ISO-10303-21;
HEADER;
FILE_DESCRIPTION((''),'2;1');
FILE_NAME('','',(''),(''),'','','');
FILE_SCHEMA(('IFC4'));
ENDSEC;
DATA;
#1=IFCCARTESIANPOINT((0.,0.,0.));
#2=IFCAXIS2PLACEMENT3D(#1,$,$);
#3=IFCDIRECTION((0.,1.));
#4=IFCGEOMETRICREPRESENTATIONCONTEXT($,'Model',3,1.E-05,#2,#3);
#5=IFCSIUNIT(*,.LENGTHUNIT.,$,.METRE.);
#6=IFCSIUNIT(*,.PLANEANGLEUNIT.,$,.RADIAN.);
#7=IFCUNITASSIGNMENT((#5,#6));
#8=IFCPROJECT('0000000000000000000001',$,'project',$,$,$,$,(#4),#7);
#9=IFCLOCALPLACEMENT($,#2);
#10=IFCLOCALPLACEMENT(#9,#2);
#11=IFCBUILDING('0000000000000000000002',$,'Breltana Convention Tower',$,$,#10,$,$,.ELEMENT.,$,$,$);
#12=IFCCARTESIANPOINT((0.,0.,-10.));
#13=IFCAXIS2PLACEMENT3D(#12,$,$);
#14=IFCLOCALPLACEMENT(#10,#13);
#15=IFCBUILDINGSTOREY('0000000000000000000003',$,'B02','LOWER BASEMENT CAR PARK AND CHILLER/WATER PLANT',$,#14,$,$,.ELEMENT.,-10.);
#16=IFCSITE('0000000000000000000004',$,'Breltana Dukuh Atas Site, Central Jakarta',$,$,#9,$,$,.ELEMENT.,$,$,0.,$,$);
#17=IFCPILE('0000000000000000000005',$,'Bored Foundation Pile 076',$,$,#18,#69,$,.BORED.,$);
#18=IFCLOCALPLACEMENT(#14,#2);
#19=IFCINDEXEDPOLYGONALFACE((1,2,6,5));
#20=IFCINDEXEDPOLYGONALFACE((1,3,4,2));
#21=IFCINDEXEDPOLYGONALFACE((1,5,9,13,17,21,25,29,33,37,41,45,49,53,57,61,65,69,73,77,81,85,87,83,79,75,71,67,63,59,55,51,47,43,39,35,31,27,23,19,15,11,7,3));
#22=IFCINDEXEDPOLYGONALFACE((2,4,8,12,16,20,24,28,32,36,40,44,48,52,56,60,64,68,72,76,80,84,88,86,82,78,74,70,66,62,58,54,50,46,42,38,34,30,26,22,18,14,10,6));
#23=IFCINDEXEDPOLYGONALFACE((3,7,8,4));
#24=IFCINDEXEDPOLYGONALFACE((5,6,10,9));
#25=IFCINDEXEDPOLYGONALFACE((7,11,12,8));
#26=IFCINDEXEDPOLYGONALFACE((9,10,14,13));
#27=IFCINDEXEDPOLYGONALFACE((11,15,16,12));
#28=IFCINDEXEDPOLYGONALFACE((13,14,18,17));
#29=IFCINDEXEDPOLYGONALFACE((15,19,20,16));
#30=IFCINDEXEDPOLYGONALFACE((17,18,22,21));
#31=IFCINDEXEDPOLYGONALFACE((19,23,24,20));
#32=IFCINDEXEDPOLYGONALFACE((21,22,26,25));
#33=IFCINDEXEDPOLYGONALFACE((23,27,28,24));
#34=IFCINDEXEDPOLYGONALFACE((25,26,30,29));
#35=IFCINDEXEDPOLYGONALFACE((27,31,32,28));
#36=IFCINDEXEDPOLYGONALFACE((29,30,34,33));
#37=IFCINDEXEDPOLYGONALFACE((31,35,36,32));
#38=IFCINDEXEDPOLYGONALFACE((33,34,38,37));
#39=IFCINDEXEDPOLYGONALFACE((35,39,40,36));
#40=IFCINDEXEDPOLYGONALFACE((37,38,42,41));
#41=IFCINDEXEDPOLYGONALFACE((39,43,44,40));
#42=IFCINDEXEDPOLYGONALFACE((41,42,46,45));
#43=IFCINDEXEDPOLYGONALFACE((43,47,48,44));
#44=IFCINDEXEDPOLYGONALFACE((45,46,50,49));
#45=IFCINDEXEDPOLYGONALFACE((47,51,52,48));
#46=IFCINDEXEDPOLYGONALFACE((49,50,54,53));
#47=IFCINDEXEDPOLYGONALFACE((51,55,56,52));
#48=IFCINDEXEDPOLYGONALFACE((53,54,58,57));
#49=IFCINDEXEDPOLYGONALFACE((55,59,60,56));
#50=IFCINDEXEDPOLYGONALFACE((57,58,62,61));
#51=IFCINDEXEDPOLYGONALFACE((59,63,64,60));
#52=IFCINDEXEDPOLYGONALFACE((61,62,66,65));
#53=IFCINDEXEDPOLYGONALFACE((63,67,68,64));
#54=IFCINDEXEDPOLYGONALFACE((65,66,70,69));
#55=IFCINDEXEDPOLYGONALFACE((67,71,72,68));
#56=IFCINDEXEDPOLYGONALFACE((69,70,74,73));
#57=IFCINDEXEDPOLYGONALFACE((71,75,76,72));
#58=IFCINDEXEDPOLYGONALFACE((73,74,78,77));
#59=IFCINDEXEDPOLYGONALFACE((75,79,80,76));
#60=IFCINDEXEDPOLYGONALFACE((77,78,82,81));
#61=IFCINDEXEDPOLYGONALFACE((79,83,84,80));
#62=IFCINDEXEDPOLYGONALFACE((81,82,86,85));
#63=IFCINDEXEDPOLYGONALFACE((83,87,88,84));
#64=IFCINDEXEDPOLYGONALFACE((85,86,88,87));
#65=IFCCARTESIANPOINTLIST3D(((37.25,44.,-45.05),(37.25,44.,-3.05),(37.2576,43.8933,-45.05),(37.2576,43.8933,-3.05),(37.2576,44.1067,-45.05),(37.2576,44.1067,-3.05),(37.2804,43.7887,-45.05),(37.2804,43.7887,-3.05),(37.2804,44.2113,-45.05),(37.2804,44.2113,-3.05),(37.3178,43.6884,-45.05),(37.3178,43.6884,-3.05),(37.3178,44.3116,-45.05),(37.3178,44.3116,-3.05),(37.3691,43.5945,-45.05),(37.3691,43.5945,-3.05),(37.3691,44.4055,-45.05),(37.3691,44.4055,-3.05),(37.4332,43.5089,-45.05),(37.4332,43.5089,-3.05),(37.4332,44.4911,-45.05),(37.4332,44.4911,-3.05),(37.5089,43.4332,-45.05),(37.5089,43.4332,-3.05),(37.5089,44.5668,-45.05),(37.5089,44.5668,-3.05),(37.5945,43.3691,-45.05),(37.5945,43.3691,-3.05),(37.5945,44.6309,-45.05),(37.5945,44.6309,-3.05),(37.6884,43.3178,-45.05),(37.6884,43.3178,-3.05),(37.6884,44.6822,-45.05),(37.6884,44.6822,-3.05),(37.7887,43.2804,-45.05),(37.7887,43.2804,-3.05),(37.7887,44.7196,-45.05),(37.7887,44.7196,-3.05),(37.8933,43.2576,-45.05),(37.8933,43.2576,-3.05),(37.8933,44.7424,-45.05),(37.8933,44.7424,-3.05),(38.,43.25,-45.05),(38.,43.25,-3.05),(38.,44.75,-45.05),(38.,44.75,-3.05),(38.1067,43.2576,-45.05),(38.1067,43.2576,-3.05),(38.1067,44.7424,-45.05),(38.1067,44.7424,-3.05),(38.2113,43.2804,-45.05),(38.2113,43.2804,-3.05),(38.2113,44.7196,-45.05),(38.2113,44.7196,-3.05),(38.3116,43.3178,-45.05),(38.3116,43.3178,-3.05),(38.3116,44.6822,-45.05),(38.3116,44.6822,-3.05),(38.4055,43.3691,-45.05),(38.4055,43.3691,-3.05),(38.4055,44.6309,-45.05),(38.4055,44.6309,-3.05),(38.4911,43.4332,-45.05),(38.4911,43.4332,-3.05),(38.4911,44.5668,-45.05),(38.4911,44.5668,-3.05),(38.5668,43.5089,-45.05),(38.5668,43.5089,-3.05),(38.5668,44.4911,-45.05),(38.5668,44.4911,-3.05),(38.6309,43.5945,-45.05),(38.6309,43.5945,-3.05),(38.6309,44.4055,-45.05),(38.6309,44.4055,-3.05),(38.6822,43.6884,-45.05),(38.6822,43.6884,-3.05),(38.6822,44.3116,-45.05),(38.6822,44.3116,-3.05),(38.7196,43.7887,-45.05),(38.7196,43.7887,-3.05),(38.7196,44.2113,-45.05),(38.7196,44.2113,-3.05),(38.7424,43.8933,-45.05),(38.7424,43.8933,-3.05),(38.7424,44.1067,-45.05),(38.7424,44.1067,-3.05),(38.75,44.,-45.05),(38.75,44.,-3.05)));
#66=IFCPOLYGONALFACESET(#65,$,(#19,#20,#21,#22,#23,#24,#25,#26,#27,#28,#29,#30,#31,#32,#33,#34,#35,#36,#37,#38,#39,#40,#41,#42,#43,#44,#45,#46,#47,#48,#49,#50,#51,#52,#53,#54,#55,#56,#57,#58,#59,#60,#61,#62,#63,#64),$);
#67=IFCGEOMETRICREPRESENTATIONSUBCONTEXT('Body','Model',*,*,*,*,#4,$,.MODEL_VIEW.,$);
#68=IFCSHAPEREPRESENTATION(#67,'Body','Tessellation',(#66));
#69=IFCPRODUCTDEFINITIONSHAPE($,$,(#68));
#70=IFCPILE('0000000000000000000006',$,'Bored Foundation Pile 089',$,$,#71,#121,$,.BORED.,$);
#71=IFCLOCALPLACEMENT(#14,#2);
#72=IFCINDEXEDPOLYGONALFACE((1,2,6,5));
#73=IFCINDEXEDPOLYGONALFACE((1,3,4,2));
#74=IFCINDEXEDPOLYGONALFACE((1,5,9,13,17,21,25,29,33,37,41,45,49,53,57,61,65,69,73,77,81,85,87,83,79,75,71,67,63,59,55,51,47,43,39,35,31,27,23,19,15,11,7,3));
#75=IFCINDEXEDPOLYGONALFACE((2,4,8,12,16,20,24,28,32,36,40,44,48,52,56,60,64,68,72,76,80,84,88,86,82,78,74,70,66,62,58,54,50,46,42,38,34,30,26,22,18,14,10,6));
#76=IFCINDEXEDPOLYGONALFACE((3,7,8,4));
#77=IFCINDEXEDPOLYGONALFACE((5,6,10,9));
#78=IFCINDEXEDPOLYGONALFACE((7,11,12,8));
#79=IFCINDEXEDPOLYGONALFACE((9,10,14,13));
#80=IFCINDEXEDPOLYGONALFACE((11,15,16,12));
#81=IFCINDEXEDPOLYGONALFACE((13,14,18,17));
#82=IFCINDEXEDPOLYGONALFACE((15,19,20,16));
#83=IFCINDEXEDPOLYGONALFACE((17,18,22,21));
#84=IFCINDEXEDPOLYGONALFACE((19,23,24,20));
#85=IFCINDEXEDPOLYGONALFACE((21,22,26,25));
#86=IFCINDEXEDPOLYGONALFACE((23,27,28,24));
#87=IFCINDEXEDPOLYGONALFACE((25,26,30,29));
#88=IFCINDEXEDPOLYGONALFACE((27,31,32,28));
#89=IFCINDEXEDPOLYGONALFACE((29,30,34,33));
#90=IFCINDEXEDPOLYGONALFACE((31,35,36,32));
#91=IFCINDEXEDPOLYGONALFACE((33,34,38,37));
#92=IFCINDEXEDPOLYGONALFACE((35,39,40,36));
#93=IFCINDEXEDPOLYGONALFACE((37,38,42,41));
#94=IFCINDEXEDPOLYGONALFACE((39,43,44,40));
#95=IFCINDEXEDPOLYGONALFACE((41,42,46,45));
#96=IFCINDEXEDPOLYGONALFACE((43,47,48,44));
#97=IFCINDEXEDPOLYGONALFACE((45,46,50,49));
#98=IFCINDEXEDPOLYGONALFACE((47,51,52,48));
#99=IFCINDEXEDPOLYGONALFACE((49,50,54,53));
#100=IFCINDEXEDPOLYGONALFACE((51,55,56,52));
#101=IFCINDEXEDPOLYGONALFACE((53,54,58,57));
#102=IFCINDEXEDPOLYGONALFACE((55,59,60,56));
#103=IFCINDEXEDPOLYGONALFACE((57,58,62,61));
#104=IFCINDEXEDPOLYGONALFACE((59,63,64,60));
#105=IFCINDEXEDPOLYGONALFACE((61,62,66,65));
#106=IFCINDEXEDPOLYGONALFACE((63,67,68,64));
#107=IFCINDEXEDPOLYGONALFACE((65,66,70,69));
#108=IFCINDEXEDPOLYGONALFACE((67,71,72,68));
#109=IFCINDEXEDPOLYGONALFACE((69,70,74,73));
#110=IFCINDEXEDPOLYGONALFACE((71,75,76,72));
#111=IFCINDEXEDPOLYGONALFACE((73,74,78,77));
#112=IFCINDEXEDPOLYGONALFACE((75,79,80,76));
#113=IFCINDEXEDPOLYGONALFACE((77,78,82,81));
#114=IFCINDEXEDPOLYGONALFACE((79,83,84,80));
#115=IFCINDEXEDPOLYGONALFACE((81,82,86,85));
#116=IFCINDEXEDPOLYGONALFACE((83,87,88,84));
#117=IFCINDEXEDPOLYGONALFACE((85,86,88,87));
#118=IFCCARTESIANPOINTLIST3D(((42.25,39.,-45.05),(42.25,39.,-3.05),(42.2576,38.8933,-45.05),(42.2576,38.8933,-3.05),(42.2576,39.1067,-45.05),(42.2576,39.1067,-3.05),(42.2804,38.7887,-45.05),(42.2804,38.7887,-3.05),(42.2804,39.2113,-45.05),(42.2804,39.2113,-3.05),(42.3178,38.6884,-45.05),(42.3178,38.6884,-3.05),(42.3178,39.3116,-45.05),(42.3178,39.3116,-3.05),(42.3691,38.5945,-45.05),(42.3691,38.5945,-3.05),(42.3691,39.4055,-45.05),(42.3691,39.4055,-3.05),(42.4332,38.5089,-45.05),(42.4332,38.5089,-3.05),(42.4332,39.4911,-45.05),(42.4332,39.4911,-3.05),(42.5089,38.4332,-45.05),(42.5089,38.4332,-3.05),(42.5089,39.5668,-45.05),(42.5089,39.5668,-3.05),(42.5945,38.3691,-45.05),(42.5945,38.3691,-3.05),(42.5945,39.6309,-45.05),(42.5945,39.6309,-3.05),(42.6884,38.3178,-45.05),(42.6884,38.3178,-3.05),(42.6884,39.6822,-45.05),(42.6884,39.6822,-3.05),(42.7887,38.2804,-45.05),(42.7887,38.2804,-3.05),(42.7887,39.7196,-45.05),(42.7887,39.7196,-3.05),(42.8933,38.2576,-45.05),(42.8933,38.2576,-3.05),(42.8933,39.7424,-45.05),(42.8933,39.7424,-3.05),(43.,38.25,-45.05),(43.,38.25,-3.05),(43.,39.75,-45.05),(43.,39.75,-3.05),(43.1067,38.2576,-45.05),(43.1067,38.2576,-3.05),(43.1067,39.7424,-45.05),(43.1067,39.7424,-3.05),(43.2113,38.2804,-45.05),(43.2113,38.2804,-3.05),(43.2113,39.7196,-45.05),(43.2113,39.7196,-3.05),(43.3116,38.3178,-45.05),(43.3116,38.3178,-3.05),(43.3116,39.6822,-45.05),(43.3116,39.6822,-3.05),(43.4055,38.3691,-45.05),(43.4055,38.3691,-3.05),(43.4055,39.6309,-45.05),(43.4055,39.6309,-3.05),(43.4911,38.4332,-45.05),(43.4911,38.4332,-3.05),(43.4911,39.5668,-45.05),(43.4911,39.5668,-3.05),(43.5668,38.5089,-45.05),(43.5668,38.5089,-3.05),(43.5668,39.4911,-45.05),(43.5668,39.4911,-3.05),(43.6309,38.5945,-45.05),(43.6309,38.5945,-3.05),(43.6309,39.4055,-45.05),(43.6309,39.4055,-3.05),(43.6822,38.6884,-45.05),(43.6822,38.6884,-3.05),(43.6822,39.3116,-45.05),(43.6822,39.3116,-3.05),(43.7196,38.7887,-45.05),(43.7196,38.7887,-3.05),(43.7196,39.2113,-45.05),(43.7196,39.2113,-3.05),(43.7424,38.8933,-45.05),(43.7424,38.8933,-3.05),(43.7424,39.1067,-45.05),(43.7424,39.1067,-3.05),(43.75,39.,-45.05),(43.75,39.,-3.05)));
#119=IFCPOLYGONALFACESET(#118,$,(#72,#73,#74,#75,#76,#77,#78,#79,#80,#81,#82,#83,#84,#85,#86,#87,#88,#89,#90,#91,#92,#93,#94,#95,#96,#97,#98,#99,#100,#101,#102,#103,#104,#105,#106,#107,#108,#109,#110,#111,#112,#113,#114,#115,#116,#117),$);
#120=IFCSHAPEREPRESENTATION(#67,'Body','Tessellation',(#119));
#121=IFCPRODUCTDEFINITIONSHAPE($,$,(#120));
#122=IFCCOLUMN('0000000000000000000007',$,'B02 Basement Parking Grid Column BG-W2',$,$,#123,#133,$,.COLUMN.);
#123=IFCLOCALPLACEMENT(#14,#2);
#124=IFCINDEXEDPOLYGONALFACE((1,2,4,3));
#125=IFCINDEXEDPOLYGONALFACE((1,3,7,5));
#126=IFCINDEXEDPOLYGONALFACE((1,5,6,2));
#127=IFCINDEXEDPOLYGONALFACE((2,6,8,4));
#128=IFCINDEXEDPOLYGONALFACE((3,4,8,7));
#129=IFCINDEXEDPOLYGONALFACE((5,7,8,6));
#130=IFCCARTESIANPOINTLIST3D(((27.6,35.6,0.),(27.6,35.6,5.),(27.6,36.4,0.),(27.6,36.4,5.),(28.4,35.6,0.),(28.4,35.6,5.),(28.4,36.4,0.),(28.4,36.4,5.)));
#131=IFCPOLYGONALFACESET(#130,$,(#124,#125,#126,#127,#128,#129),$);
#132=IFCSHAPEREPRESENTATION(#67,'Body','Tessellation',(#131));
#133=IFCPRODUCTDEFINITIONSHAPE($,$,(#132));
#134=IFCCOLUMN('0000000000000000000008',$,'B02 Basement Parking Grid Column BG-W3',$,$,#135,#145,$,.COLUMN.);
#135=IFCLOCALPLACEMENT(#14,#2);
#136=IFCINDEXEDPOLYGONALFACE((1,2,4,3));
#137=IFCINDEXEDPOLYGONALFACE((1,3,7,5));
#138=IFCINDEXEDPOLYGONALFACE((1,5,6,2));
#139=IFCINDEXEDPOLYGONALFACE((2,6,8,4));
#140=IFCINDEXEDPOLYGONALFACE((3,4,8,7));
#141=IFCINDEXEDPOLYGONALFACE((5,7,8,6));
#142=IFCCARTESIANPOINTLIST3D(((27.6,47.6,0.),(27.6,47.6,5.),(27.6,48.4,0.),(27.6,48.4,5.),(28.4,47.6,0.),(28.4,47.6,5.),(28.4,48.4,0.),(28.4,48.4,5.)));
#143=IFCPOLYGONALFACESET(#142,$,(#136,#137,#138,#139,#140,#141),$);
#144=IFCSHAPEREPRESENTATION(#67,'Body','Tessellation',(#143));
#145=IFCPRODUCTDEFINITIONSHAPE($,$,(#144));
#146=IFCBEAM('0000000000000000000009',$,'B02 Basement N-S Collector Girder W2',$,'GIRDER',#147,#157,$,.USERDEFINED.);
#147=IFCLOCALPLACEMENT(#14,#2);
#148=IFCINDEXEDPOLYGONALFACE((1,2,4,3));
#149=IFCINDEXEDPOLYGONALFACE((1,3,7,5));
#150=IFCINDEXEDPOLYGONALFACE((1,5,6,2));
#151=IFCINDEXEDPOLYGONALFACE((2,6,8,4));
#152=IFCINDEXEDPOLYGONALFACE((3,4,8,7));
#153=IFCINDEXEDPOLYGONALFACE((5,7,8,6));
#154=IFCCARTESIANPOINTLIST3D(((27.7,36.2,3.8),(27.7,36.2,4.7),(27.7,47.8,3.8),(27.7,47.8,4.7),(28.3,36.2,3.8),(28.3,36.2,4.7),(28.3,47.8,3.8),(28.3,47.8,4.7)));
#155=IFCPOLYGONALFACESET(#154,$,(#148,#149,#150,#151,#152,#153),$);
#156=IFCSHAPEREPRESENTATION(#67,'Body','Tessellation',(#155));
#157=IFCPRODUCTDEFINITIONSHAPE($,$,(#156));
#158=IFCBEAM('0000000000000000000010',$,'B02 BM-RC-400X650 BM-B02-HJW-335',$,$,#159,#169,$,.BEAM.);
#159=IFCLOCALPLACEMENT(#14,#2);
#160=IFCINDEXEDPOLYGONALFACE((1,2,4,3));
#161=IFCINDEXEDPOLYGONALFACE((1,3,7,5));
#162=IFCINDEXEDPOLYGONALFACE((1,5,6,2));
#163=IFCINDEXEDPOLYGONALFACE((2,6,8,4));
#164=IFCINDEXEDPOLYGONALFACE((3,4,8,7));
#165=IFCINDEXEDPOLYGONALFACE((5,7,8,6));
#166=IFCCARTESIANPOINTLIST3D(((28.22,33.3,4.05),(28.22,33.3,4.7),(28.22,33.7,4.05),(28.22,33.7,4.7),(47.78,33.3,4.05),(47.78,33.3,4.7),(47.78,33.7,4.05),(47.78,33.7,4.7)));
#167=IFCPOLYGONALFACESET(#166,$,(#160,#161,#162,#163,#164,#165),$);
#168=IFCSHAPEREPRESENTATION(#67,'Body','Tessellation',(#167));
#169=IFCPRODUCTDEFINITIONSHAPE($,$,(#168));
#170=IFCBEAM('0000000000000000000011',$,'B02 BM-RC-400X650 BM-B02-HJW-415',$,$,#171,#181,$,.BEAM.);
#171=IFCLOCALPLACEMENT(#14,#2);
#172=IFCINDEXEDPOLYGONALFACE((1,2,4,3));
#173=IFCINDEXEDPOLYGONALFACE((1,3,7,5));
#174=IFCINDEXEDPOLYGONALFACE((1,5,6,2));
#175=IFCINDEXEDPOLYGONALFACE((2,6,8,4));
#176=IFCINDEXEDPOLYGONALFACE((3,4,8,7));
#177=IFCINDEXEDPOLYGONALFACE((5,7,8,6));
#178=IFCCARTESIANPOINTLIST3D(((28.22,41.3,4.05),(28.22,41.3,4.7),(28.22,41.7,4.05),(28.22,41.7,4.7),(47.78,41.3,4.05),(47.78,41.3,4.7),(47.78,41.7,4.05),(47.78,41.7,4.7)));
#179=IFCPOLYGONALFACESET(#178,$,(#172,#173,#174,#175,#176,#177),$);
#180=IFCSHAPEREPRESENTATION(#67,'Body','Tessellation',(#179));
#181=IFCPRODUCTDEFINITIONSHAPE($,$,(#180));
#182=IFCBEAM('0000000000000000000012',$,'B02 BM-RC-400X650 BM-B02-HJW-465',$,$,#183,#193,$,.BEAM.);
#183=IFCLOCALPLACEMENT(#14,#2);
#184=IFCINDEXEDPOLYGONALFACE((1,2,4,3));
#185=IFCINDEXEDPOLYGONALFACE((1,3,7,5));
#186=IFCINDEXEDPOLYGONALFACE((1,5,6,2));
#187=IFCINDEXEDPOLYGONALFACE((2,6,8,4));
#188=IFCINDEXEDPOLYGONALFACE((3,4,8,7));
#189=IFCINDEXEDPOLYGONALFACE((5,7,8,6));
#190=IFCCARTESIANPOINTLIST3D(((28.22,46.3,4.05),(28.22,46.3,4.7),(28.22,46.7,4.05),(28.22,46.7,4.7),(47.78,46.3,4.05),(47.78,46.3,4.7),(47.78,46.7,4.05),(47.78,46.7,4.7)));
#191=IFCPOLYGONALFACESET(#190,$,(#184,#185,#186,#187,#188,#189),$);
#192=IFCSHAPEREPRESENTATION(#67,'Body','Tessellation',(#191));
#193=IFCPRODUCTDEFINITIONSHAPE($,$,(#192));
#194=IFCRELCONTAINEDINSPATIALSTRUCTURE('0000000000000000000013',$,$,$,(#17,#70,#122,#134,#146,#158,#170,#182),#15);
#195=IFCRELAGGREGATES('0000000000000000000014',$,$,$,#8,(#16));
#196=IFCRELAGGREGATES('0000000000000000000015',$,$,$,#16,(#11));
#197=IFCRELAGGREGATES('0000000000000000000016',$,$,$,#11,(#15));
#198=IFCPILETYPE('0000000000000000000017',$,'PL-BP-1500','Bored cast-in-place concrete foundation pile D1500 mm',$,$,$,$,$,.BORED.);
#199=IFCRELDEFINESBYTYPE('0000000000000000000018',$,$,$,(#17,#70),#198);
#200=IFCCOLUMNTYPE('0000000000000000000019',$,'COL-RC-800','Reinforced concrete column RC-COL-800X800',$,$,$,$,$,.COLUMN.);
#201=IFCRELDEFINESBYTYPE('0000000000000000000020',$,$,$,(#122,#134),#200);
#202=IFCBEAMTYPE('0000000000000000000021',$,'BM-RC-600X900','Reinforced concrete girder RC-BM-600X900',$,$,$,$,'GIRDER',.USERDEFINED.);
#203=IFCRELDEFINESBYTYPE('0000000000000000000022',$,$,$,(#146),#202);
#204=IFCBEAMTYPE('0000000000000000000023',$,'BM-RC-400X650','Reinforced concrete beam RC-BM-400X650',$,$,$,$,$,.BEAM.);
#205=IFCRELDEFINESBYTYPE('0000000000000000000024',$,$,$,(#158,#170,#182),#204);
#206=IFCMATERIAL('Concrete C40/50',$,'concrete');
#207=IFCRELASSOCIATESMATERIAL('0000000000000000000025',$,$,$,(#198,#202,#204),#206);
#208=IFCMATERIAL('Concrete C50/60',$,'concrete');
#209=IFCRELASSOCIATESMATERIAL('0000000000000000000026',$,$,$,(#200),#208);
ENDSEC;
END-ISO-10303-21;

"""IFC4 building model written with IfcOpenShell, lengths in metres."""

from ifc_helpers import new_model, si_unit, direction, frame, origin, origin_2d, place, context, subcontext, project, spatial, rectangle, circle, extrude, source, transform, mapped, material, material_profile, profile_set, type_object, type_shapes, element, save


model = new_model("IFC4")

# Units and contexts
model_context = context("Model", 3, precision=1e-05, world=origin(), true_north=direction((0.0, 1.0)))
body_context = subcontext(model_context, "Body", "Model", "MODEL_VIEW")
ifc_project = project(units=[si_unit("LENGTHUNIT", "METRE"), si_unit("PLANEANGLEUNIT", "RADIAN")], contexts=[model_context])

# Site, building, storey
site_placement = place(None, origin())
site = spatial("IfcSite", under=ifc_project, at=site_placement, Name="Breltana Dukuh Atas Site, Central Jakarta", CompositionType="ELEMENT", RefElevation=0.0)
building_placement = place(site_placement, origin())
building = spatial("IfcBuilding", under=site, at=building_placement, Name="Breltana Convention Tower", CompositionType="ELEMENT")
storey_placement = place(building_placement, frame((0.0, 0.0, -10.0)))
storey = spatial("IfcBuildingStorey", under=building, at=storey_placement, Name="B02", Description="LOWER BASEMENT CAR PARK AND CHILLER/WATER PLANT", CompositionType="ELEMENT", Elevation=-10.0)

# Piles
ifc_material_1 = material(Name="Concrete C40/50", Category="concrete")
ifc_material_profile_1 = material_profile(ifc_material_1, circle(Radius=0.75, at=origin_2d()), Name="BP-D1500")
ifc_profile_set_1 = profile_set([ifc_material_profile_1], Name="Concrete C40/50")
pile_type_1 = type_object("IfcPileType", Name="PL-BP-1500", Description="Bored cast-in-place concrete foundation pile D1500 mm", PredefinedType="BORED", material=ifc_profile_set_1)
shared_shape_1 = source(origin(), body_context, "Body", "SweptSolid", [
    extrude(circle(Radius=0.75, at=origin_2d()), origin(), (0.0, 0.0, 1.0), 42.0),
])
type_shapes(pile_type_1, [shared_shape_1])
for number, where, z_axis, x_axis, name in (
    (1, (38.0, 44.0, -3.05), (0.0, 0.0, -1.0), (1.0, 0.0, 0.0), "Bored Foundation Pile 076"),
    (2, (43.0, 39.0, -3.05), (0.0, 0.0, -1.0), (1.0, 0.0, 0.0), "Bored Foundation Pile 089"),
):
    element("IfcPile", number, at=place(storey_placement, frame(where, z_axis=z_axis, x_axis=x_axis)), inside=storey, type_object=pile_type_1, Name=name, PredefinedType="BORED", context=body_context, shape_type="MappedRepresentation", body=[
        mapped(shared_shape_1, transform((0.0, 0.0, 0.0), scale=1.0)),
    ])

# Columns
ifc_material_2 = material(Name="Concrete C50/60", Category="concrete")
ifc_material_profile_2 = material_profile(ifc_material_2, rectangle(XDim=0.8, YDim=0.8, at=origin_2d()), Name="RC-COL-800X800")
ifc_profile_set_2 = profile_set([ifc_material_profile_2], Name="Concrete C50/60")
column_type = type_object("IfcColumnType", Name="COL-RC-800", Description="Reinforced concrete column RC-COL-800X800", PredefinedType="COLUMN", material=ifc_profile_set_2)
shared_shape_2 = source(origin(), body_context, "Body", "SweptSolid", [
    extrude(rectangle(XDim=0.8, YDim=0.8, at=origin_2d()), origin(), (0.0, 0.0, 1.0), 5.0),
])
type_shapes(column_type, [shared_shape_2])
for number, where, z_axis, x_axis, name in (
    (3, (28.0, 36.0, 0.0), (0.0, 0.0, 1.0), (1.0, 0.0, 0.0), "B02 Basement Parking Grid Column BG-W2"),
    (4, (28.0, 48.0, 0.0), (0.0, 0.0, 1.0), (1.0, 0.0, 0.0), "B02 Basement Parking Grid Column BG-W3"),
):
    element("IfcColumn", number, at=place(storey_placement, frame(where, z_axis=z_axis, x_axis=x_axis)), inside=storey, type_object=column_type, Name=name, PredefinedType="COLUMN", context=body_context, shape_type="MappedRepresentation", body=[
        mapped(shared_shape_2, transform((0.0, 0.0, 0.0), scale=1.0)),
    ])

# Beams
ifc_material_profile_3 = material_profile(ifc_material_1, rectangle(XDim=0.6001, YDim=0.8999, at=origin_2d()), Name="RC-BM-600X900")
ifc_profile_set_3 = profile_set([ifc_material_profile_3], Name="Concrete C40/50")
beam_type_1 = type_object("IfcBeamType", Name="BM-RC-600X900", Description="Reinforced concrete girder RC-BM-600X900", ElementType="GIRDER", PredefinedType="USERDEFINED", material=ifc_profile_set_3)
shared_shape_3 = source(origin(), body_context, "Body", "SweptSolid", [
    extrude(rectangle(XDim=0.6001, YDim=0.8999, at=origin_2d()), origin(), (0.0, 0.0, 1.0), 11.6001),
])
beam_placement = place(storey_placement, frame((28.0, 36.2, 4.25), z_axis=(0.0, 1.0, 0.0), x_axis=(-1.0, 0.0, 0.0)))
element("IfcBeam", 5, at=beam_placement, inside=storey, type_object=beam_type_1, Name="B02 Basement N-S Collector Girder W2", ObjectType="GIRDER", PredefinedType="USERDEFINED", context=body_context, shape_type="MappedRepresentation", body=[
    mapped(shared_shape_3, transform((0.0, 0.0, 0.0), scale=1.0)),
])
ifc_material_profile_4 = material_profile(ifc_material_1, rectangle(XDim=0.3999, YDim=0.6499, at=origin_2d()), Name="RC-BM-400X650")
ifc_profile_set_4 = profile_set([ifc_material_profile_4], Name="Concrete C40/50")
beam_type_2 = type_object("IfcBeamType", Name="BM-RC-400X650", Description="Reinforced concrete beam RC-BM-400X650", PredefinedType="BEAM", material=ifc_profile_set_4)
shared_shape_4 = source(origin(), body_context, "Body", "SweptSolid", [
    extrude(rectangle(XDim=0.3999, YDim=0.6499, at=origin_2d()), origin(), (0.0, 0.0, 1.0), 19.5601),
])
type_shapes(beam_type_2, [shared_shape_4])
for number, where, z_axis, x_axis, name in (
    (6, (28.22, 33.5, 4.375), (1.0, 0.0, 0.0), (0.0, 1.0, 0.0), "B02 BM-RC-400X650 BM-B02-HJW-335"),
    (7, (28.22, 41.5, 4.375), (1.0, 0.0, 0.0), (0.0, 1.0, 0.0), "B02 BM-RC-400X650 BM-B02-HJW-415"),
    (8, (28.22, 46.5, 4.375), (1.0, 0.0, 0.0), (0.0, 1.0, 0.0), "B02 BM-RC-400X650 BM-B02-HJW-465"),
):
    element("IfcBeam", number, at=place(storey_placement, frame(where, z_axis=z_axis, x_axis=x_axis)), inside=storey, type_object=beam_type_2, Name=name, PredefinedType="BEAM", context=body_context, shape_type="MappedRepresentation", body=[
        mapped(shared_shape_4, transform((0.0, 0.0, 0.0), scale=1.0)),
    ])

save(model, "model.ifc")
